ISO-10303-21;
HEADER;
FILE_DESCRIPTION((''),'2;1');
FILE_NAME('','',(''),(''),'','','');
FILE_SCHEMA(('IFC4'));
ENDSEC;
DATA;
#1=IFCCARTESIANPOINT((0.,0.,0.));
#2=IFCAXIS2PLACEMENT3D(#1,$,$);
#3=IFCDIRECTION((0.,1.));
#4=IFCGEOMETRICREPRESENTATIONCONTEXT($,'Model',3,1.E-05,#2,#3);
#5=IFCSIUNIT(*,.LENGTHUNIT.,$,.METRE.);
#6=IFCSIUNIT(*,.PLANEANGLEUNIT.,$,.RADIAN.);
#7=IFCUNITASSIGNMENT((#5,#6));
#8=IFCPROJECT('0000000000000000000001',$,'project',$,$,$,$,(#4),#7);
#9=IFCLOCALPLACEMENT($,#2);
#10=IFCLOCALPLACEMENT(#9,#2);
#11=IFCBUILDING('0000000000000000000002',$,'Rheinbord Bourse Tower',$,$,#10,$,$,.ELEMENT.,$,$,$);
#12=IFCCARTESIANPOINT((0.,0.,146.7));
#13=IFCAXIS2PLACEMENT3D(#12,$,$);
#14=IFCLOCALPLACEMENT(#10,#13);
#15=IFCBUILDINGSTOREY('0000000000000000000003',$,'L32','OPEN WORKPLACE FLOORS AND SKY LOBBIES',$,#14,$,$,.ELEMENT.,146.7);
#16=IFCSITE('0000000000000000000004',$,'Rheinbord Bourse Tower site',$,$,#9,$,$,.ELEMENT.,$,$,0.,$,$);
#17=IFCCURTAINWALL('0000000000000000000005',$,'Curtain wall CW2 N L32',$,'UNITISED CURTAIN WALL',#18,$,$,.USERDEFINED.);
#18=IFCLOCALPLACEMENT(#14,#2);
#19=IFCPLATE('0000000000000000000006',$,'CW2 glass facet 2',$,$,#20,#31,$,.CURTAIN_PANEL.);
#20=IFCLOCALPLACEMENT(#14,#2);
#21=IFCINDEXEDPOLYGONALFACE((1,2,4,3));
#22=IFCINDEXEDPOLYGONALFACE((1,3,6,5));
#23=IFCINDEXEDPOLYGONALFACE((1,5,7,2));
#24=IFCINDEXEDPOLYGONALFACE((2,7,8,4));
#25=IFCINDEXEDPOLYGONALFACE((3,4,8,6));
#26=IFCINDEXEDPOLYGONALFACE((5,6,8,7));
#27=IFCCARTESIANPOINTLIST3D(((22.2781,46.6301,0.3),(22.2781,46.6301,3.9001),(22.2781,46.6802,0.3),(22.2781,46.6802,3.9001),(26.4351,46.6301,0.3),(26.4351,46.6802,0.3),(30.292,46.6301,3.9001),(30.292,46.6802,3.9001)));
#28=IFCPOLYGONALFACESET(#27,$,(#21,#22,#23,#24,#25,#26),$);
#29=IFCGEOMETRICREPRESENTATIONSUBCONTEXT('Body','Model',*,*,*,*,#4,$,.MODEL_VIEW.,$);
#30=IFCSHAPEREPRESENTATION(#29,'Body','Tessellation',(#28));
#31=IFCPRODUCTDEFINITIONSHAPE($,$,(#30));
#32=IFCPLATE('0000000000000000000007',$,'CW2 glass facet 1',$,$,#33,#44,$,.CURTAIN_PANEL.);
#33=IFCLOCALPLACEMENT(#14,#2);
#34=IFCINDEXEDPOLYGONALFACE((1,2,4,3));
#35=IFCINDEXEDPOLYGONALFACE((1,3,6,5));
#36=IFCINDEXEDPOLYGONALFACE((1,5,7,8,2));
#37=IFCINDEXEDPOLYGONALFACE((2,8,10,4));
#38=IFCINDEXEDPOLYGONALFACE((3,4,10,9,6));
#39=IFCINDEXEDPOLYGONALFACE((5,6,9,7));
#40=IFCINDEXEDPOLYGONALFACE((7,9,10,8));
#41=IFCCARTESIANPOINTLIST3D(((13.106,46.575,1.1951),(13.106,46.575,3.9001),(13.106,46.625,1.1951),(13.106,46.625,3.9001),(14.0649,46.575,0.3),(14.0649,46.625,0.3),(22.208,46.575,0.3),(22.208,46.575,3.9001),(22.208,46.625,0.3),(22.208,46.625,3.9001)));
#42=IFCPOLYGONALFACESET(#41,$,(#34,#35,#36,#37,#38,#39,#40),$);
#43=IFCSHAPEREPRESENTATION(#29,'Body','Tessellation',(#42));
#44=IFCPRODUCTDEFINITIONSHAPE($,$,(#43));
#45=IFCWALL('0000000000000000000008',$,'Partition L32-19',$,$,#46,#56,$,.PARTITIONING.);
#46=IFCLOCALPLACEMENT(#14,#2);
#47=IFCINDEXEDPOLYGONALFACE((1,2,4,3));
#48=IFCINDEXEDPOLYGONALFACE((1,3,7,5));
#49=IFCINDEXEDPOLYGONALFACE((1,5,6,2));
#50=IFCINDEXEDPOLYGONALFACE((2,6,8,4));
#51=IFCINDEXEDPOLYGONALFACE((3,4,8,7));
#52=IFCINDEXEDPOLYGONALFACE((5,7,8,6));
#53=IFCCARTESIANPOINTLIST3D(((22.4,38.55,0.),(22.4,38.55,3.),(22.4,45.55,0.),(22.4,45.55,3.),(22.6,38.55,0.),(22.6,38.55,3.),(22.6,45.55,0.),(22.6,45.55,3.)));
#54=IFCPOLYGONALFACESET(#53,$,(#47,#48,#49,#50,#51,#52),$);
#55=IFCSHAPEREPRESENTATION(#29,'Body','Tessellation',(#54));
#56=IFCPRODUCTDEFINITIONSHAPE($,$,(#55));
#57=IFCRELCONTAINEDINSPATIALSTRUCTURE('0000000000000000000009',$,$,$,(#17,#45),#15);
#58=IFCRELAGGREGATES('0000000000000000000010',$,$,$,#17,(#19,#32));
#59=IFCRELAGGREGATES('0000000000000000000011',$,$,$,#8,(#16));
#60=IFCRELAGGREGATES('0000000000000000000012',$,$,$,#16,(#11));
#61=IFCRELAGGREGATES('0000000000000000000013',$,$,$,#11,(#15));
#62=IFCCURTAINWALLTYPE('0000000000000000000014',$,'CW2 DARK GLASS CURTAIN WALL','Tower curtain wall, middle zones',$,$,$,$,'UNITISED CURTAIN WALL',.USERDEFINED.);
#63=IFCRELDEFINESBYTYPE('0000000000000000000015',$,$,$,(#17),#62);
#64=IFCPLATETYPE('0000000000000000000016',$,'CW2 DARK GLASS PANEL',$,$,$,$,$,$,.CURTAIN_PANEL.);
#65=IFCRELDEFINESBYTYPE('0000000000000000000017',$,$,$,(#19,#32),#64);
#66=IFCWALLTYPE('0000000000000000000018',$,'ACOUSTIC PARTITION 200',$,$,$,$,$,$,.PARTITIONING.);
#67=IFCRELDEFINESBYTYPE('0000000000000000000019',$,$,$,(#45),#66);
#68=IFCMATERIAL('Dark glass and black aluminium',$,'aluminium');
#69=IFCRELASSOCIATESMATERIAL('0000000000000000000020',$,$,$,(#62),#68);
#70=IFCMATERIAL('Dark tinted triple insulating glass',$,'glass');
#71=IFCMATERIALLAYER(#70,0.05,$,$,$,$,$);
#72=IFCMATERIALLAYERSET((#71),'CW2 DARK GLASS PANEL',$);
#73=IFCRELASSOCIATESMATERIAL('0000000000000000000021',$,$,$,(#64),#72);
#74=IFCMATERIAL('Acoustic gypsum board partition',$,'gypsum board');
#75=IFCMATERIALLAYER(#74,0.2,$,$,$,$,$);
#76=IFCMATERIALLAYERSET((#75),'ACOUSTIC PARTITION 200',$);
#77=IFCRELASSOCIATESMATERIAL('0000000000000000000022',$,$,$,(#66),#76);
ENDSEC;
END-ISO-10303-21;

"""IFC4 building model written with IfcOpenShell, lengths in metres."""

from ifc_helpers import new_model, si_unit, direction, frame, frame_2d, origin, place, context, subcontext, project, spatial, polyline, rectangle, outline, extrude, material, layer, layer_set, type_object, element, aggregate, save


model = new_model("IFC4")

# Units and contexts
model_context = context("Model", 3, precision=1e-05, world=origin(), true_north=direction((0.0, 1.0)))
body_context = subcontext(model_context, "Body", "Model", "MODEL_VIEW")
ifc_project = project(units=[si_unit("LENGTHUNIT", "METRE"), si_unit("PLANEANGLEUNIT", "RADIAN")], contexts=[model_context])

# Site, building, storey
site_placement = place(None, origin())
site = spatial("IfcSite", under=ifc_project, at=site_placement, Name="Rheinbord Bourse Tower site", CompositionType="ELEMENT", RefElevation=0.0)
building_placement = place(site_placement, origin())
building = spatial("IfcBuilding", under=site, at=building_placement, Name="Rheinbord Bourse Tower", CompositionType="ELEMENT")
storey_placement = place(building_placement, frame((0.0, 0.0, 146.7)))
storey = spatial("IfcBuildingStorey", under=building, at=storey_placement, Name="L32", Description="OPEN WORKPLACE FLOORS AND SKY LOBBIES", CompositionType="ELEMENT", Elevation=146.7)

# Curtain wall
ifc_material_1 = material(Name="Dark glass and black aluminium", Category="aluminium")
curtain_wall_type = type_object("IfcCurtainWallType", Name="CW2 DARK GLASS CURTAIN WALL", Description="Tower curtain wall, middle zones", ElementType="UNITISED CURTAIN WALL", PredefinedType="USERDEFINED", material=ifc_material_1)
curtain_wall_placement = place(storey_placement, origin())
curtain_wall = element("IfcCurtainWall", 1, at=curtain_wall_placement, inside=storey, type_object=curtain_wall_type, Name="Curtain wall CW2 N L32", ObjectType="UNITISED CURTAIN WALL", PredefinedType="USERDEFINED")

# Plates
ifc_material_2 = material(Name="Dark tinted triple insulating glass", Category="glass")
ifc_layer_1 = layer(ifc_material_2, 0.05)
ifc_layer_set_1 = layer_set([ifc_layer_1], Name="CW2 DARK GLASS PANEL")
plate_type = type_object("IfcPlateType", Name="CW2 DARK GLASS PANEL", PredefinedType="CURTAIN_PANEL", material=ifc_layer_set_1)
plate_1_placement = place(storey_placement, frame((22.2781, 46.6802, 3.9001), z_axis=(0.0, -1.0, 0.0), x_axis=(0.0, 0.0, -1.0)))
plate_1 = element("IfcPlate", 2, at=plate_1_placement, type_object=plate_type, Name="CW2 glass facet 2", PredefinedType="CURTAIN_PANEL", context=body_context, shape_type="SweptSolid", body=[
    extrude(outline(polyline([(0.0, 0.0), (3.6001, 0.0), (3.6001, 4.157), (0.0, 8.0139), (0.0, 0.0)])), origin(), (0.0, 0.0, 1.0), 0.05),
])
plate_2_placement = place(storey_placement, frame((22.208, 46.625, 0.3), z_axis=(0.0, -1.0, 0.0), x_axis=(0.0, 0.0, 1.0)))
plate_2 = element("IfcPlate", 3, at=plate_2_placement, type_object=plate_type, Name="CW2 glass facet 1", PredefinedType="CURTAIN_PANEL", context=body_context, shape_type="SweptSolid", body=[
    extrude(outline(polyline([(0.0, 0.0), (3.6001, 0.0), (3.6001, 9.1021), (0.895, 9.1021), (0.0, 8.1431), (0.0, 0.0)])), origin(), (0.0, 0.0, 1.0), 0.05),
])
aggregate(curtain_wall, [plate_1, plate_2])

# Wall
ifc_material_3 = material(Name="Acoustic gypsum board partition", Category="gypsum board")
ifc_layer_2 = layer(ifc_material_3, 0.2)
ifc_layer_set_2 = layer_set([ifc_layer_2], Name="ACOUSTIC PARTITION 200")
wall_type = type_object("IfcWallType", Name="ACOUSTIC PARTITION 200", PredefinedType="PARTITIONING", material=ifc_layer_set_2)
wall_placement = place(storey_placement, frame((22.5, 38.55, 0.0), z_axis=(0.0, 0.0, 1.0), x_axis=(0.0, 1.0, 0.0)))
element("IfcWall", 4, at=wall_placement, inside=storey, type_object=wall_type, Name="Partition L32-19", PredefinedType="PARTITIONING", context=body_context, shape_type="SweptSolid", body=[
    extrude(rectangle(XDim=7.0, YDim=0.2, at=frame_2d((3.5, 0.0))), origin(), (0.0, 0.0, 1.0), 3.0),
])

save(model, "model.ifc")
